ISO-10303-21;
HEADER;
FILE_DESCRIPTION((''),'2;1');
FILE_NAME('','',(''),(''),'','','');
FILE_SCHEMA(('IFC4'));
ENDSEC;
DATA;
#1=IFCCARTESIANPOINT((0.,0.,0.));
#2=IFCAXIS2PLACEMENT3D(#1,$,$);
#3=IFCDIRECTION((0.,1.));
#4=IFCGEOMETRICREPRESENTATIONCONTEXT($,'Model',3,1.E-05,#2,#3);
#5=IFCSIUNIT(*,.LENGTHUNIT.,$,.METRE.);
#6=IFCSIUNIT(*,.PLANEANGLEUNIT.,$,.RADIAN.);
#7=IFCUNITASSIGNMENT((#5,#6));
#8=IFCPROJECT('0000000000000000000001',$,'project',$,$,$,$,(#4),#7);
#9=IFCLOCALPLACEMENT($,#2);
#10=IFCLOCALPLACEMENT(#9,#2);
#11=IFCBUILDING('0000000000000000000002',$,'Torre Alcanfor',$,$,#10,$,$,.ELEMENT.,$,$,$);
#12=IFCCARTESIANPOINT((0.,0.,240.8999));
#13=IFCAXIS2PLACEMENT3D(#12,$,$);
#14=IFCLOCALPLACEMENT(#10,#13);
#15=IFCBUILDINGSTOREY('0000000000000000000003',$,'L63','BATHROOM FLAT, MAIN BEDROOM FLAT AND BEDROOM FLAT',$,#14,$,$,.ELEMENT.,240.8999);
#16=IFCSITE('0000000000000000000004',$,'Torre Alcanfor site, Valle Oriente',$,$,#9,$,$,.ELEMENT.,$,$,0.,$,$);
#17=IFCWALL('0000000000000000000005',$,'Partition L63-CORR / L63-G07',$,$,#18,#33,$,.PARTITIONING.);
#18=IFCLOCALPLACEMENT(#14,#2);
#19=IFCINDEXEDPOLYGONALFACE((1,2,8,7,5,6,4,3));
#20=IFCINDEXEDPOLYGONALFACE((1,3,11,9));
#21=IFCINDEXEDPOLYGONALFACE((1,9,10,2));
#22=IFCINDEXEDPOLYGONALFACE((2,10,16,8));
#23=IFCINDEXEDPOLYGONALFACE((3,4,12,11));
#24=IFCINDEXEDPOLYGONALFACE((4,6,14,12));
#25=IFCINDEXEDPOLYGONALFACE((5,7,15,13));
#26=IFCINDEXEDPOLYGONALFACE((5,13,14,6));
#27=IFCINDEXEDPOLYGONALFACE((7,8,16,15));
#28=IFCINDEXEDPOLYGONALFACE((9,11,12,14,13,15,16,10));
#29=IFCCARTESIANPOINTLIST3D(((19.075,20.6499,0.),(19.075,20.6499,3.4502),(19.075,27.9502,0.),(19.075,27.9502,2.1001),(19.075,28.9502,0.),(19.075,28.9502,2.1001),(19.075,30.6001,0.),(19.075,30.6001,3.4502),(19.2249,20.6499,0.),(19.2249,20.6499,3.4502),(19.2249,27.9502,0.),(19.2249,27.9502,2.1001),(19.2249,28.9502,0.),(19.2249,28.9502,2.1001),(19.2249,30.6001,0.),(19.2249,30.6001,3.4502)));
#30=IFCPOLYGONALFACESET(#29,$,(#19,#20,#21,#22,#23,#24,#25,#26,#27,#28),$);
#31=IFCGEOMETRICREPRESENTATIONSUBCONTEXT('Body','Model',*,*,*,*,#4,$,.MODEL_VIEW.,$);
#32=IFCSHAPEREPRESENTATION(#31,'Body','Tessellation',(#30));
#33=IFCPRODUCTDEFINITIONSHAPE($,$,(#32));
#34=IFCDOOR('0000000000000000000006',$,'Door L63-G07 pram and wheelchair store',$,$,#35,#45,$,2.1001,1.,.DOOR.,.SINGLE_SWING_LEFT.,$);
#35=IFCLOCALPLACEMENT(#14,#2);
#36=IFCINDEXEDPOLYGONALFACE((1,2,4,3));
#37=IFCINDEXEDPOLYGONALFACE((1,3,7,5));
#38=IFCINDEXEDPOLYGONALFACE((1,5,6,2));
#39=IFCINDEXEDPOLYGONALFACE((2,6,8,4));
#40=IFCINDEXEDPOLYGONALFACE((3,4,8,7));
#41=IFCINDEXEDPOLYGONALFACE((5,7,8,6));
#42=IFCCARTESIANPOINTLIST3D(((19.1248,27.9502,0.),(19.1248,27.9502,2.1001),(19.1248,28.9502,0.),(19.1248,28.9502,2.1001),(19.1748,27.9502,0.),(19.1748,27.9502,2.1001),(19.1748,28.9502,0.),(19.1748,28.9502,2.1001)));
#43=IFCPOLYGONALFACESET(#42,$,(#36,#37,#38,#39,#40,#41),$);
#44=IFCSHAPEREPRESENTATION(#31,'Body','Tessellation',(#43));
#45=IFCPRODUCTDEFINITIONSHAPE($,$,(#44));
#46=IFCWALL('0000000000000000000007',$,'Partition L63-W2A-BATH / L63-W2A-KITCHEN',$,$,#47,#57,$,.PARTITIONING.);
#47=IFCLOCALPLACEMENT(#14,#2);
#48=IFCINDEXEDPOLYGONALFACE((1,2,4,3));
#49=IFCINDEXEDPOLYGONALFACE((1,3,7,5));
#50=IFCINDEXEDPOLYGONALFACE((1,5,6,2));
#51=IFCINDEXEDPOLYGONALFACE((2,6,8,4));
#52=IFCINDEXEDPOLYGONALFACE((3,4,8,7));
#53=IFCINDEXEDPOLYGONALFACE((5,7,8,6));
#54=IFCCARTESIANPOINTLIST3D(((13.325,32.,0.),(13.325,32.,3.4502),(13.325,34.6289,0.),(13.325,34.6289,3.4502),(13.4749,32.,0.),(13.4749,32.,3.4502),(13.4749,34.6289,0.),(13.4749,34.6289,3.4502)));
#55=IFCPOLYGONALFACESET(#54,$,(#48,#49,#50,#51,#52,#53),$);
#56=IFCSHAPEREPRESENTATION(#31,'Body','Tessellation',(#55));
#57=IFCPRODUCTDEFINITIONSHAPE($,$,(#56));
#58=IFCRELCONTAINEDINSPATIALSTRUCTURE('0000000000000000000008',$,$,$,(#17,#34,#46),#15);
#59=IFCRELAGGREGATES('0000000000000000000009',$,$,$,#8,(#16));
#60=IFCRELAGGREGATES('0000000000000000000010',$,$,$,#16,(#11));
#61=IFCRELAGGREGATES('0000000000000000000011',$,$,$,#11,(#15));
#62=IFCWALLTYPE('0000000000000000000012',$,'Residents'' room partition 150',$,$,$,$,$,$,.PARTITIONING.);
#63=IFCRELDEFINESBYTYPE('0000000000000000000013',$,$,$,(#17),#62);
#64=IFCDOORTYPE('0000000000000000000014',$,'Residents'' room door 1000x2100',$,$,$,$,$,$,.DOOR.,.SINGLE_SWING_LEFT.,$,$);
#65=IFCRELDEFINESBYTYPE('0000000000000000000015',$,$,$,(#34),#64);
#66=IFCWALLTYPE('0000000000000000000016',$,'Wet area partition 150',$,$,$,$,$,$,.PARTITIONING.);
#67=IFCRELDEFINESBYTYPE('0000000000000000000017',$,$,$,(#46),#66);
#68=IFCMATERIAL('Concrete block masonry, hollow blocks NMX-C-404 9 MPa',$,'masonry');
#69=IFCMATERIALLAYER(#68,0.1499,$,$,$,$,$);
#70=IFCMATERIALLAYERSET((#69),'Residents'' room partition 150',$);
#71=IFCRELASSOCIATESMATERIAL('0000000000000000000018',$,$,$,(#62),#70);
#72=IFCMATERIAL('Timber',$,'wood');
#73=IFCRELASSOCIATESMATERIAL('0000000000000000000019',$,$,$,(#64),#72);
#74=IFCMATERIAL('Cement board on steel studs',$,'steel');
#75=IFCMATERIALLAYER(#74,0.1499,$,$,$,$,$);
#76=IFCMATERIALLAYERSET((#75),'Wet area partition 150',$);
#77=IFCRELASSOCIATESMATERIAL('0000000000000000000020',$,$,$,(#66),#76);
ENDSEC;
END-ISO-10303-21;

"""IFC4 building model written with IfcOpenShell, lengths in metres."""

from ifc_helpers import new_model, si_unit, direction, frame, frame_2d, origin, place, context, subcontext, project, spatial, rectangle, extrude, material, layer, layer_set, type_object, element, fill, save


model = new_model("IFC4")

# Units and contexts
model_context = context("Model", 3, precision=1e-05, world=origin(), true_north=direction((0.0, 1.0)))
body_context = subcontext(model_context, "Body", "Model", "MODEL_VIEW")
ifc_project = project(units=[si_unit("LENGTHUNIT", "METRE"), si_unit("PLANEANGLEUNIT", "RADIAN")], contexts=[model_context])

# Site, building, storey
site_placement = place(None, origin())
site = spatial("IfcSite", under=ifc_project, at=site_placement, Name="Torre Alcanfor site, Valle Oriente", CompositionType="ELEMENT", RefElevation=0.0)
building_placement = place(site_placement, origin())
building = spatial("IfcBuilding", under=site, at=building_placement, Name="Torre Alcanfor", CompositionType="ELEMENT")
storey_placement = place(building_placement, frame((0.0, 0.0, 240.8999)))
storey = spatial("IfcBuildingStorey", under=building, at=storey_placement, Name="L63", Description="BATHROOM FLAT, MAIN BEDROOM FLAT AND BEDROOM FLAT", CompositionType="ELEMENT", Elevation=240.8999)

# Shared definitions
ifc_material_1 = material(Name="Concrete block masonry, hollow blocks NMX-C-404 9 MPa", Category="masonry")
ifc_layer_1 = layer(ifc_material_1, 0.1499)
ifc_layer_set_1 = layer_set([ifc_layer_1], Name="Residents' room partition 150")
wall_type_1 = type_object("IfcWallType", Name="Residents' room partition 150", PredefinedType="PARTITIONING", material=ifc_layer_set_1)

# Wall, opening, door
wall_1_placement = place(storey_placement, frame((19.1499, 30.6001, 0.0), z_axis=(0.0, 0.0, 1.0), x_axis=(0.0, -1.0, 0.0)))
wall_1 = element("IfcWall", 1, at=wall_1_placement, inside=storey, type_object=wall_type_1, Name="Partition L63-CORR / L63-G07", PredefinedType="PARTITIONING", context=body_context, shape_type="SweptSolid", body=[
    extrude(rectangle(XDim=9.9502, YDim=0.1499, at=frame_2d((4.9751, 0.0))), origin(), (0.0, 0.0, 1.0), 3.4502),
])
opening_1_placement = place(wall_1_placement, frame((1.6499, 0.0, 0.0)))
opening_1 = element("IfcOpeningElement", 2, at=opening_1_placement, cuts=wall_1, PredefinedType="OPENING", context=body_context, shape_type="SweptSolid", body=[
    extrude(rectangle(XDim=1.0, YDim=2.1001, at=frame_2d((0.5, 1.05))), frame((0.0, 0.085, 0.0), z_axis=(0.0, -1.0, 0.0), x_axis=(1.0, 0.0, 0.0)), (0.0, 0.0, 1.0), 0.1699),
])
ifc_material_2 = material(Name="Timber", Category="wood")
door_type_1 = type_object("IfcDoorType", Name="Residents' room door 1000x2100", OperationType="SINGLE_SWING_LEFT", PredefinedType="DOOR", material=ifc_material_2)
door_1_placement = place(opening_1_placement, origin())
door_1 = element("IfcDoor", 3, at=door_1_placement, inside=storey, type_object=door_type_1, Name="Door L63-G07 pram and wheelchair store", OperationType="SINGLE_SWING_LEFT", OverallHeight=2.1001, OverallWidth=1.0, PredefinedType="DOOR", context=body_context, shape_type="SweptSolid", body=[
    extrude(rectangle(XDim=1.0, YDim=2.1001, at=frame_2d((0.5, 1.05))), frame((0.0, 0.0249, 0.0), z_axis=(0.0, -1.0, 0.0), x_axis=(1.0, 0.0, 0.0)), (0.0, 0.0, 1.0), 0.05),
])
fill(opening_1, door_1)

# Wall
ifc_material_3 = material(Name="Cement board on steel studs", Category="steel")
ifc_layer_2 = layer(ifc_material_3, 0.1499)
ifc_layer_set_2 = layer_set([ifc_layer_2], Name="Wet area partition 150")
wall_type_2 = type_object("IfcWallType", Name="Wet area partition 150", PredefinedType="PARTITIONING", material=ifc_layer_set_2)
wall_2_placement = place(storey_placement, frame((13.3999, 32.0, 0.0), z_axis=(0.0, 0.0, 1.0), x_axis=(0.0, 1.0, 0.0)))
element("IfcWall", 4, at=wall_2_placement, inside=storey, type_object=wall_type_2, Name="Partition L63-W2A-BATH / L63-W2A-KITCHEN", PredefinedType="PARTITIONING", context=body_context, shape_type="SweptSolid", body=[
    extrude(rectangle(XDim=2.6289, YDim=0.1499, at=frame_2d((1.3145, 0.0))), origin(), (0.0, 0.0, 1.0), 3.4502),
])

save(model, "model.ifc")
